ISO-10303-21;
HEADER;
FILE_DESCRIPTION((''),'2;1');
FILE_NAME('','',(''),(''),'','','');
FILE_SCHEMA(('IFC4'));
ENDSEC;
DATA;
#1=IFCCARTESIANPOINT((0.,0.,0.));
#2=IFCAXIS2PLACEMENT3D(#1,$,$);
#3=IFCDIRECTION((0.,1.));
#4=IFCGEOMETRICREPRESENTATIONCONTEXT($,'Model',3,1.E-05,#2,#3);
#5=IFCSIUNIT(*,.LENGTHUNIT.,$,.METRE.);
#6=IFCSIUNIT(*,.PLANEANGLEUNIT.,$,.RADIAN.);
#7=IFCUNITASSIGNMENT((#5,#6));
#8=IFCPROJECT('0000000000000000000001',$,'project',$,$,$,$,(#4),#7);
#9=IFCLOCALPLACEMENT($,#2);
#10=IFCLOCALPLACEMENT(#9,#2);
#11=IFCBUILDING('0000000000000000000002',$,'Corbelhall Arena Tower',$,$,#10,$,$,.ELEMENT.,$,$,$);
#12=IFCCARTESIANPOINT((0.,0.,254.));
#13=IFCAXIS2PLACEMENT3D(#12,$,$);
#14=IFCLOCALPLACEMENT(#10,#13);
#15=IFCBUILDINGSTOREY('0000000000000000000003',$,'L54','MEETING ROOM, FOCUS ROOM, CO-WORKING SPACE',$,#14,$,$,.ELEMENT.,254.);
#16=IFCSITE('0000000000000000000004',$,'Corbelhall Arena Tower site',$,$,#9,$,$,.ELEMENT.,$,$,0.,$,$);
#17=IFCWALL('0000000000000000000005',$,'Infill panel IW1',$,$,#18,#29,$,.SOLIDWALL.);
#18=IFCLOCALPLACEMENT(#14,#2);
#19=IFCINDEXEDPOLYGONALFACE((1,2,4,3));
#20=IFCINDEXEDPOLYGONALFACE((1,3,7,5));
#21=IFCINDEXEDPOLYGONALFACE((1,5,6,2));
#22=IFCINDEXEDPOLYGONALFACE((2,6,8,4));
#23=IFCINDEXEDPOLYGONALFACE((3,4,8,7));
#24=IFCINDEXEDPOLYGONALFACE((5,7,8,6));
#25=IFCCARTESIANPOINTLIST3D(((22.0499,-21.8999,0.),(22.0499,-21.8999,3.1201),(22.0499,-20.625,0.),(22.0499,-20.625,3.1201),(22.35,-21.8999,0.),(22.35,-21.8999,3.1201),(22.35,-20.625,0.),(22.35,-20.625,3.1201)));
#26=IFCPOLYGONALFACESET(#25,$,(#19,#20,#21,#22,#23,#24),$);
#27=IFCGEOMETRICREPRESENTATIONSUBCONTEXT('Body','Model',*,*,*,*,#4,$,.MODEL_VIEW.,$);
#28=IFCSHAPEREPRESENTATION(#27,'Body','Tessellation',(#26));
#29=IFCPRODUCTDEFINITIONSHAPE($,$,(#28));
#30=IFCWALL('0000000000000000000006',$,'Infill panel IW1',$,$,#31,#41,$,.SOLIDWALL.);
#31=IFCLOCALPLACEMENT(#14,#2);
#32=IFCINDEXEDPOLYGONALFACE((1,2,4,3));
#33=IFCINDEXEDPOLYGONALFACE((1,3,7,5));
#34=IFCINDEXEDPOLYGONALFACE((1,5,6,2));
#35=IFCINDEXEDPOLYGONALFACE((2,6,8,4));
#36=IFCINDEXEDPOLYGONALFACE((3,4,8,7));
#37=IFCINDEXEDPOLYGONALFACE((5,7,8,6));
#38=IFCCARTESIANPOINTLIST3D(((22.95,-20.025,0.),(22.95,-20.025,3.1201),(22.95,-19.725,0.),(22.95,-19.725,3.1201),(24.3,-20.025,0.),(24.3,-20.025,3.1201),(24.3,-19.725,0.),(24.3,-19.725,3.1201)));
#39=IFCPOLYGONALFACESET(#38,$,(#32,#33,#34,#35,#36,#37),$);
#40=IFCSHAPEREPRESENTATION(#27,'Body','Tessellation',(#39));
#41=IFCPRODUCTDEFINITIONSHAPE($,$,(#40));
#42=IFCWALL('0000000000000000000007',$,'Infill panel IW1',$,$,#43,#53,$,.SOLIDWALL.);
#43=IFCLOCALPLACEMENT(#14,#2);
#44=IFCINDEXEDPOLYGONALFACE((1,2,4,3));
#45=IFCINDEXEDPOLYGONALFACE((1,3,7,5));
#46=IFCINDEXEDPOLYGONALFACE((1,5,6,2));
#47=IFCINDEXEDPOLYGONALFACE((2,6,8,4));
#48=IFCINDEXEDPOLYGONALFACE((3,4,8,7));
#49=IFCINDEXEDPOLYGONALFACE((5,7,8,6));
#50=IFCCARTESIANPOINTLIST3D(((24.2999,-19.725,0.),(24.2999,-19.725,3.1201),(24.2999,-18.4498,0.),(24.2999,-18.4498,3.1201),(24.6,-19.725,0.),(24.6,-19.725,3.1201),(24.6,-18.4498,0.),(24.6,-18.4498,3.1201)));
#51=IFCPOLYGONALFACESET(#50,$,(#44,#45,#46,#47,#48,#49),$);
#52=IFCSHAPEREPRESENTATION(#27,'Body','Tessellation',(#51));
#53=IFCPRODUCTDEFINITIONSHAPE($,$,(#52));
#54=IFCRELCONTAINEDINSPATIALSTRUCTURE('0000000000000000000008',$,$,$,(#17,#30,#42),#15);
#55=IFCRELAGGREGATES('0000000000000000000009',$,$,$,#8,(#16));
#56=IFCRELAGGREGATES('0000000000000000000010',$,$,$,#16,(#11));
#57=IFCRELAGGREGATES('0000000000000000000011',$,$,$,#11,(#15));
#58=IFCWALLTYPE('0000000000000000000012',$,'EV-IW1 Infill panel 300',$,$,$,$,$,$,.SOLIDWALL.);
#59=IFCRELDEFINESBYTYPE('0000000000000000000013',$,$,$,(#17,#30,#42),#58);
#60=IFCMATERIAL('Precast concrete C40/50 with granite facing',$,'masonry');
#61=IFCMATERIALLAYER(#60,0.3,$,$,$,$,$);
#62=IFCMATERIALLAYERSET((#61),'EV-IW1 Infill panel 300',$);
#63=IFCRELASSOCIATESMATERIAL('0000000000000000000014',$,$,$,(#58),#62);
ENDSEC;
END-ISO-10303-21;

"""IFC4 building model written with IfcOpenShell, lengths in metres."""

from ifc_helpers import new_model, si_unit, direction, frame, frame_2d, origin, place, context, subcontext, project, spatial, rectangle, extrude, material, layer, layer_set, type_object, element, save


model = new_model("IFC4")

# Units and contexts
model_context = context("Model", 3, precision=1e-05, world=origin(), true_north=direction((0.0, 1.0)))
body_context = subcontext(model_context, "Body", "Model", "MODEL_VIEW")
ifc_project = project(units=[si_unit("LENGTHUNIT", "METRE"), si_unit("PLANEANGLEUNIT", "RADIAN")], contexts=[model_context])

# Site, building, storey
site_placement = place(None, origin())
site = spatial("IfcSite", under=ifc_project, at=site_placement, Name="Corbelhall Arena Tower site", CompositionType="ELEMENT", RefElevation=0.0)
building_placement = place(site_placement, origin())
building = spatial("IfcBuilding", under=site, at=building_placement, Name="Corbelhall Arena Tower", CompositionType="ELEMENT")
storey_placement = place(building_placement, frame((0.0, 0.0, 254.0)))
storey = spatial("IfcBuildingStorey", under=building, at=storey_placement, Name="L54", Description="MEETING ROOM, FOCUS ROOM, CO-WORKING SPACE", CompositionType="ELEMENT", Elevation=254.0)

# Shared definitions
ifc_material_1 = material(Name="Precast concrete C40/50 with granite facing", Category="masonry")
ifc_layer_1 = layer(ifc_material_1, 0.3)
ifc_layer_set_1 = layer_set([ifc_layer_1], Name="EV-IW1 Infill panel 300")
wall_type_1 = type_object("IfcWallType", Name="EV-IW1 Infill panel 300", PredefinedType="SOLIDWALL", material=ifc_layer_set_1)

# Walls
wall_1_placement = place(storey_placement, frame((22.2, -21.8999, 0.0), z_axis=(0.0, 0.0, 1.0), x_axis=(0.0, 1.0, 0.0)))
element("IfcWall", 1, at=wall_1_placement, inside=storey, type_object=wall_type_1, Name="Infill panel IW1", PredefinedType="SOLIDWALL", context=body_context, shape_type="SweptSolid", body=[
    extrude(rectangle(XDim=1.2749, YDim=0.3, at=frame_2d((0.6375, 0.0))), origin(), (0.0, 0.0, 1.0), 3.1201),
])
wall_2_placement = place(storey_placement, frame((22.95, -19.875, 0.0), z_axis=(0.0, 0.0, 1.0), x_axis=(1.0, 0.0, 0.0)))
element("IfcWall", 2, at=wall_2_placement, inside=storey, type_object=wall_type_1, Name="Infill panel IW1", PredefinedType="SOLIDWALL", context=body_context, shape_type="SweptSolid", body=[
    extrude(rectangle(XDim=1.3501, YDim=0.3, at=frame_2d((0.675, 0.0))), origin(), (0.0, 0.0, 1.0), 3.1201),
])
wall_3_placement = place(storey_placement, frame((24.45, -19.7251, 0.0), z_axis=(0.0, 0.0, 1.0), x_axis=(0.0, 1.0, 0.0)))
element("IfcWall", 3, at=wall_3_placement, inside=storey, type_object=wall_type_1, Name="Infill panel IW1", PredefinedType="SOLIDWALL", context=body_context, shape_type="SweptSolid", body=[
    extrude(rectangle(XDim=1.2751, YDim=0.3, at=frame_2d((0.6377, 0.0))), origin(), (0.0, 0.0, 1.0), 3.1201),
])

save(model, "model.ifc")
